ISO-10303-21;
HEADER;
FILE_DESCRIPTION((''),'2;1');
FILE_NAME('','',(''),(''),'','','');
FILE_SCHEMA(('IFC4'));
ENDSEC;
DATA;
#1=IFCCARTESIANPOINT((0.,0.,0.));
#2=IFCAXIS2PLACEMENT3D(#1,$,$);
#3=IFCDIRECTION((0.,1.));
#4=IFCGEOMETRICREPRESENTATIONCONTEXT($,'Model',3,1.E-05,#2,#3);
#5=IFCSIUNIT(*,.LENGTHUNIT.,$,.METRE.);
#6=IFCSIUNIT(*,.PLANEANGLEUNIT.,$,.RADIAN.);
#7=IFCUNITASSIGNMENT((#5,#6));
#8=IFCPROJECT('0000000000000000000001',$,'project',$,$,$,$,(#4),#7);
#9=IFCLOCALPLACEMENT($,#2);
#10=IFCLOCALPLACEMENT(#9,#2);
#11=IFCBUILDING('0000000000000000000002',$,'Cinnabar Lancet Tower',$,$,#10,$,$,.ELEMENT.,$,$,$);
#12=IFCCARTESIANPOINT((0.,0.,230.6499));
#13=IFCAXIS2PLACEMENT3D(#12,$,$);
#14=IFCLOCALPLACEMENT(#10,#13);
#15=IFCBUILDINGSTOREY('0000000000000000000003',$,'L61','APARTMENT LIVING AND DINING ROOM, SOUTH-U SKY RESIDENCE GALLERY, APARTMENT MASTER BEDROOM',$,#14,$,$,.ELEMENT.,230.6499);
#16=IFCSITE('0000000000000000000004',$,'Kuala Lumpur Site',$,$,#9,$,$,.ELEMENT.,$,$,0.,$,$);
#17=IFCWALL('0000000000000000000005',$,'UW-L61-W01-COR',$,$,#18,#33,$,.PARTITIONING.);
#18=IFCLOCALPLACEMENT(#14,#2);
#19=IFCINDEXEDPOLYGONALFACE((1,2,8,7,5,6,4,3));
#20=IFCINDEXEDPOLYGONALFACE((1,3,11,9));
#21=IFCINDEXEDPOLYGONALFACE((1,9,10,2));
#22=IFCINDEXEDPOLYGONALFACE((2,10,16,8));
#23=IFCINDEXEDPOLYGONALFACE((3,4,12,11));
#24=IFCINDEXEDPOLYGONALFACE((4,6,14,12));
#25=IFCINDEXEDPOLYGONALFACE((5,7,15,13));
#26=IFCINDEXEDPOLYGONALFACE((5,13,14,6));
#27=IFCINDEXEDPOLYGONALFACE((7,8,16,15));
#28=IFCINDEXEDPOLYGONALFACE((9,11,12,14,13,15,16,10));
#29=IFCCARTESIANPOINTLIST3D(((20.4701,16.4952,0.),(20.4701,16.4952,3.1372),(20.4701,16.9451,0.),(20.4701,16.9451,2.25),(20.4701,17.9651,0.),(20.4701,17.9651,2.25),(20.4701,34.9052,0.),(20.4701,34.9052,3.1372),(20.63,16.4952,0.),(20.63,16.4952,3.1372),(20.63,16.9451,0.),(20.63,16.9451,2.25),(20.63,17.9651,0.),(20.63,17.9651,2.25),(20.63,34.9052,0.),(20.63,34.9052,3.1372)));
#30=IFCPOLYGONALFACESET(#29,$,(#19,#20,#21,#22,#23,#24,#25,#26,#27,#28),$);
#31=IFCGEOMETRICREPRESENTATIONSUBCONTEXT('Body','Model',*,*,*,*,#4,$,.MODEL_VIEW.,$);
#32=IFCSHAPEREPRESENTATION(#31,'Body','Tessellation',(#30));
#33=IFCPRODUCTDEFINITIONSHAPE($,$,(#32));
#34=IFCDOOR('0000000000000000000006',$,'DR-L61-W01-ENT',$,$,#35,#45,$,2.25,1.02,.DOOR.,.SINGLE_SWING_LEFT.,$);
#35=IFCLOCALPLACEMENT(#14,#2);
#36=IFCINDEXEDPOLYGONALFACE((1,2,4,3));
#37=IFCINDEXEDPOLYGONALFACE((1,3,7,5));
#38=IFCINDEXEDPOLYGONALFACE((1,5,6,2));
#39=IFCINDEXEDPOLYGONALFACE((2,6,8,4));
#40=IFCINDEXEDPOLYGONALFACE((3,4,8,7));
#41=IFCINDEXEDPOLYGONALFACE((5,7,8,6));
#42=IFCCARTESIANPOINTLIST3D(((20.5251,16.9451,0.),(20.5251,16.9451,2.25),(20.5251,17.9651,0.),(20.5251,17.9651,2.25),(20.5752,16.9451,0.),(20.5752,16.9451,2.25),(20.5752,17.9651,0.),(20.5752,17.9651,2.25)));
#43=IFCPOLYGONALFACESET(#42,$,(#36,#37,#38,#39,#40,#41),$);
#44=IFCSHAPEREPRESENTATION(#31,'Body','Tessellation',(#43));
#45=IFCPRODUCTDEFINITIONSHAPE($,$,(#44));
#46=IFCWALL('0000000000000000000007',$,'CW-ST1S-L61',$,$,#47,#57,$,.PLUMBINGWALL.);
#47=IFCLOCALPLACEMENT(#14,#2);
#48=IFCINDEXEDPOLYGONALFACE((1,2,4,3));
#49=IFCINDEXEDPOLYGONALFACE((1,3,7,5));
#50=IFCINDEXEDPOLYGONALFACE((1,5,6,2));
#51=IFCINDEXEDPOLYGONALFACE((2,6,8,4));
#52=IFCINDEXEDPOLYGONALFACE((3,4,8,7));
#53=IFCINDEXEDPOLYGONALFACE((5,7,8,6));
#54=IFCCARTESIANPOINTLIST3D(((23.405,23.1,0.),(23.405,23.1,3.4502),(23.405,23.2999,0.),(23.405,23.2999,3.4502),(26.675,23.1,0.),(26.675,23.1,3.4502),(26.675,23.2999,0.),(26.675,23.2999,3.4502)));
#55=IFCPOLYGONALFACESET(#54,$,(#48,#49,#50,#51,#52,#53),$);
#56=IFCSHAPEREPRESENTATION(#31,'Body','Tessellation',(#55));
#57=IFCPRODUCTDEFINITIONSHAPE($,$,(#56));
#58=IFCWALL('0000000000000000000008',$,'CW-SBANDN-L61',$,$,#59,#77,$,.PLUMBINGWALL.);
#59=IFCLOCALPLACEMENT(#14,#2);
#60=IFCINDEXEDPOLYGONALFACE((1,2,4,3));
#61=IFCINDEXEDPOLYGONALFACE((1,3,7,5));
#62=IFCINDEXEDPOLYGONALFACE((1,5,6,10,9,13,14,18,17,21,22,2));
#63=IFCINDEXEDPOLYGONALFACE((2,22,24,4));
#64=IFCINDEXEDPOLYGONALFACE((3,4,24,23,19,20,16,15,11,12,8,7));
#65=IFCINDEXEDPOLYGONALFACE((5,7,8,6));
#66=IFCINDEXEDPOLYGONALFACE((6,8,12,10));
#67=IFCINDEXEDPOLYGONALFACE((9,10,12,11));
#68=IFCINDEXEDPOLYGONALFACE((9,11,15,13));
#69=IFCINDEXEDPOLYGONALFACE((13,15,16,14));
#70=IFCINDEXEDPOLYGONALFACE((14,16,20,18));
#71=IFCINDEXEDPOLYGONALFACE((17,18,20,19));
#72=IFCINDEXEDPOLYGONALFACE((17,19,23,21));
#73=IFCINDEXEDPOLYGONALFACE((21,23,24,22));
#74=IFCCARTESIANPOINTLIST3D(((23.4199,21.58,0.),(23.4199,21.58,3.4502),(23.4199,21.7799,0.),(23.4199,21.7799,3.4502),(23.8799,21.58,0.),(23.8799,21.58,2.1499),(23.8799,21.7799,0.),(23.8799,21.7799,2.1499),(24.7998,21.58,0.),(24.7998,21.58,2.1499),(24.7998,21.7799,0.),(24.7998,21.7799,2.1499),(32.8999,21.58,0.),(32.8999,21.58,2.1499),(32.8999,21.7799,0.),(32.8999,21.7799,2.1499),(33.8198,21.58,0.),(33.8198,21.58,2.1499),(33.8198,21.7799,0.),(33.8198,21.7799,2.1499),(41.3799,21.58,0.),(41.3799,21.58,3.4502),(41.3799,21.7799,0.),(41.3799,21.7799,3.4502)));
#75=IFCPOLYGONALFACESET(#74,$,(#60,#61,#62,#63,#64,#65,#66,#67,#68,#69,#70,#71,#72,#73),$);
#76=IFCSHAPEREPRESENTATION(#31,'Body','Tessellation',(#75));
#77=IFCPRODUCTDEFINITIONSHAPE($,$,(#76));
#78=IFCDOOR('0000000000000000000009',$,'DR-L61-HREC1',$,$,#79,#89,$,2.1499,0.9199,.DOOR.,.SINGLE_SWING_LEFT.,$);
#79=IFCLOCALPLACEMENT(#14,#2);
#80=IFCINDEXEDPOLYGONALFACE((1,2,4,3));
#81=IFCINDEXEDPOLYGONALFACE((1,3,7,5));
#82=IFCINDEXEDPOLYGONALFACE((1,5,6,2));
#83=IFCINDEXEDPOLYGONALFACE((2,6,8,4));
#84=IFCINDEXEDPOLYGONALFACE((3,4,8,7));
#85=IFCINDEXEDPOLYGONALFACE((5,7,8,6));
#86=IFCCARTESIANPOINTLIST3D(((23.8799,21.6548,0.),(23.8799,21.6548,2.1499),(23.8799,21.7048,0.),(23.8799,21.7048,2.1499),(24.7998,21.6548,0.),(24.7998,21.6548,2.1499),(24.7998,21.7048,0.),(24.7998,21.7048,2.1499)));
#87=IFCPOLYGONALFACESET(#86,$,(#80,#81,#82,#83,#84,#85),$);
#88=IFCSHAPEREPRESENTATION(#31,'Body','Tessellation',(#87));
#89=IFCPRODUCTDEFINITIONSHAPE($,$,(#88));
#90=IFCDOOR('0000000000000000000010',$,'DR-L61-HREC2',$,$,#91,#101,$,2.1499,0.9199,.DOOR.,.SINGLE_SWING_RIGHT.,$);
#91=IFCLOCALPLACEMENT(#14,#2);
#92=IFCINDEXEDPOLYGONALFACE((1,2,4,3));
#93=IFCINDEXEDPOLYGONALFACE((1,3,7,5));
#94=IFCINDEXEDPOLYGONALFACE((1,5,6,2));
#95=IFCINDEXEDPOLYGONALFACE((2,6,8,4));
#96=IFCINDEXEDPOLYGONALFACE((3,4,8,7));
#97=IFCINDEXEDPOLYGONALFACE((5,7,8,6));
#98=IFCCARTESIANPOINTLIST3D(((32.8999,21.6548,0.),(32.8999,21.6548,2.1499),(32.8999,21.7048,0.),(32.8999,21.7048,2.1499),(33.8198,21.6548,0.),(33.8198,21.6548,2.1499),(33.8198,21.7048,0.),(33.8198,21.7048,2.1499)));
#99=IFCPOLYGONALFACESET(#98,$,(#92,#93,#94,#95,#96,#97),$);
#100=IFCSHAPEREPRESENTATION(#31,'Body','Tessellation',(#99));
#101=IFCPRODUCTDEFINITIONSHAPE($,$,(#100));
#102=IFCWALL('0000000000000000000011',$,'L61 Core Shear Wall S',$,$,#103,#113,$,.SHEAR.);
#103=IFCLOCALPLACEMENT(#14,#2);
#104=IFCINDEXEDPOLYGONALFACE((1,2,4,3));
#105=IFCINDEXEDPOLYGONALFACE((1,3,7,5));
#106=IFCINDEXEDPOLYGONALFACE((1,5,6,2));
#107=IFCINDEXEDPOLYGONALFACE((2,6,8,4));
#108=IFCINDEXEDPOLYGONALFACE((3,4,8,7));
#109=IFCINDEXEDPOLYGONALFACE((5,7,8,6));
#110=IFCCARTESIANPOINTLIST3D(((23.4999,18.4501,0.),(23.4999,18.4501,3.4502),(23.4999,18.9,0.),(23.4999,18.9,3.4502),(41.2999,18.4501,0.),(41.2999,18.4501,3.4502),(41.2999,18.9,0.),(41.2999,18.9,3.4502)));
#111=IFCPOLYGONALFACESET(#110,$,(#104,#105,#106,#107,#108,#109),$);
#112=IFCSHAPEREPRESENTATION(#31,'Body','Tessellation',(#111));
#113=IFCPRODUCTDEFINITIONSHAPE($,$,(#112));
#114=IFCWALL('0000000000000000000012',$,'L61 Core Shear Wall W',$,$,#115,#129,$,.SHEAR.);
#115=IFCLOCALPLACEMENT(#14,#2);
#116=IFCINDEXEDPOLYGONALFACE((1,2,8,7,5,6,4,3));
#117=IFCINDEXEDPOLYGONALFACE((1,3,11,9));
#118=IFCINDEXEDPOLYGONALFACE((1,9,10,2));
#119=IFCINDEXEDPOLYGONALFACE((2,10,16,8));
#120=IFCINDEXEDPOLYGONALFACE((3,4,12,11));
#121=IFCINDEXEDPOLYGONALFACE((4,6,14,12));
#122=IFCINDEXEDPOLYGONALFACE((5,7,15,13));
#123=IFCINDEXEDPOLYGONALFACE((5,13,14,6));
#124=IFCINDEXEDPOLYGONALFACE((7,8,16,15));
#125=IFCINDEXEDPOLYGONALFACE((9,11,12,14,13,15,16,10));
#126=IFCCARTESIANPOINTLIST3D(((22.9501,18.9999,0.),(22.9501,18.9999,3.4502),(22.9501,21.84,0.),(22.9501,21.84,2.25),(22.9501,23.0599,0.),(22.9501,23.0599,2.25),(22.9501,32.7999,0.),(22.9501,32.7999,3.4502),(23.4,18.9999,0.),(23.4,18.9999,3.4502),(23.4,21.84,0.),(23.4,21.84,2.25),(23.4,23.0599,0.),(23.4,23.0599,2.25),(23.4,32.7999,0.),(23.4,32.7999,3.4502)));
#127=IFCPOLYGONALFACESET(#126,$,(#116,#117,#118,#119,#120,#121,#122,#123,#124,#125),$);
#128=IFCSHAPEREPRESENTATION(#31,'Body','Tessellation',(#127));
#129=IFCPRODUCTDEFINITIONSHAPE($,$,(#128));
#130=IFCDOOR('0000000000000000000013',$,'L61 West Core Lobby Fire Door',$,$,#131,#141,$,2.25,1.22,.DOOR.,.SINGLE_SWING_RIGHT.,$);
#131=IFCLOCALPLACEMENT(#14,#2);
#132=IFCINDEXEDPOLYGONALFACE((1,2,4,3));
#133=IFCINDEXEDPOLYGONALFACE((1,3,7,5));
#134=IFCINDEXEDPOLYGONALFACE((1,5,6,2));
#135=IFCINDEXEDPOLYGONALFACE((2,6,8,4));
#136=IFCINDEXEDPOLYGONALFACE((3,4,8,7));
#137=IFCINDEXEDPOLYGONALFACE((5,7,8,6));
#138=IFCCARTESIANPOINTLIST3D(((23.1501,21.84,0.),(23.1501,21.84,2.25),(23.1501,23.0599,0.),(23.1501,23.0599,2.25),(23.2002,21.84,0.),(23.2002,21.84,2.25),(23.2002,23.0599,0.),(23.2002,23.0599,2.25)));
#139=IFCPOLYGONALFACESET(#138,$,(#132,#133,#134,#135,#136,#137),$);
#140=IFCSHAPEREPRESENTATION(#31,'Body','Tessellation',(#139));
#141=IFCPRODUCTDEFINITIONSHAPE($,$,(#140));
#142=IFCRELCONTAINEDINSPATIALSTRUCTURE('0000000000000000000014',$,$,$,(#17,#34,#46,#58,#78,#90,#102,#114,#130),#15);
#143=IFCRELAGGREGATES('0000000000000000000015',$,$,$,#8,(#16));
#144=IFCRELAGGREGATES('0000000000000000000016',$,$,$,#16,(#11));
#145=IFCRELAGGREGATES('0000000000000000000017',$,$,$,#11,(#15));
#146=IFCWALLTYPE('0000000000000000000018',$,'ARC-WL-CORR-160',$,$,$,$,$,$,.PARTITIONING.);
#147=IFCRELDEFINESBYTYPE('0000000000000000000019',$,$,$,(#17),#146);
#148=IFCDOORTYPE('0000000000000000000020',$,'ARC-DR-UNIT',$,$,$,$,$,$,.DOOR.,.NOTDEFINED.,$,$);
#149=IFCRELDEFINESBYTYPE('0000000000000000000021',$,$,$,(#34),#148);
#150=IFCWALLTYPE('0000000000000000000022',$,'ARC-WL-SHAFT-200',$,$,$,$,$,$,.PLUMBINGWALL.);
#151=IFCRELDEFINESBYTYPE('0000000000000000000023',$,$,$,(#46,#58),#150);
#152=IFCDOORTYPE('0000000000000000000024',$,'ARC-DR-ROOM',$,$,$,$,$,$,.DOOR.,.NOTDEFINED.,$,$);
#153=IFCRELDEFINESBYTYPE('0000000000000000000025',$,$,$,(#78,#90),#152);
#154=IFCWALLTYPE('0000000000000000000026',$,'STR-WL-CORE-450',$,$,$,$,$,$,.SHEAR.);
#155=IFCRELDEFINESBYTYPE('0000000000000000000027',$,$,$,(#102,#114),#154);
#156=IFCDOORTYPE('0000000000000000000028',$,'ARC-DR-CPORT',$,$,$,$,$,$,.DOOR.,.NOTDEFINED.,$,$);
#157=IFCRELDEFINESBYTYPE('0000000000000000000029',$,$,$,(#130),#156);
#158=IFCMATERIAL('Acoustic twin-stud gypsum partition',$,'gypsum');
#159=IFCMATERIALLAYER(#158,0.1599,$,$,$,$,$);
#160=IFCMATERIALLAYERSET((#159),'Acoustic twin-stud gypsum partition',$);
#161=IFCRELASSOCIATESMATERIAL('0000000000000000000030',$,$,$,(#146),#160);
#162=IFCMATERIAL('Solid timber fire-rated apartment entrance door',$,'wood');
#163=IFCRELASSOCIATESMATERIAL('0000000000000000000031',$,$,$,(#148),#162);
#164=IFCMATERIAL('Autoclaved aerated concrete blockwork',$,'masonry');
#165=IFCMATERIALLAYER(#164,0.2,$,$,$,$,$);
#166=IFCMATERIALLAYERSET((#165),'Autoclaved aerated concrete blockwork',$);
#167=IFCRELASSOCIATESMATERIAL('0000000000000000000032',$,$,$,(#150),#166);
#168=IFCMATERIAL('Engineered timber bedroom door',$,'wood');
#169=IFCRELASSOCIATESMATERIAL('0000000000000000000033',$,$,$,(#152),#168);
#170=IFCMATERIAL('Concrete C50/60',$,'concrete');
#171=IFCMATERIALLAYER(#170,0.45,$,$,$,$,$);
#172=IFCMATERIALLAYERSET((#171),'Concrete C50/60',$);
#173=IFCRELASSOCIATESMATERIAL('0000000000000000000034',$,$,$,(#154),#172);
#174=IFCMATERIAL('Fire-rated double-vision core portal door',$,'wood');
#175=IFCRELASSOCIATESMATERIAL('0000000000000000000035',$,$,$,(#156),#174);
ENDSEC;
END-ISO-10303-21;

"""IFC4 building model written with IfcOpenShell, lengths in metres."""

from ifc_helpers import new_model, si_unit, direction, frame, frame_2d, origin, place, context, subcontext, project, spatial, rectangle, extrude, material, layer, layer_set, type_object, element, fill, save


model = new_model("IFC4")

# Units and contexts
model_context = context("Model", 3, precision=1e-05, world=origin(), true_north=direction((0.0, 1.0)))
body_context = subcontext(model_context, "Body", "Model", "MODEL_VIEW")
ifc_project = project(units=[si_unit("LENGTHUNIT", "METRE"), si_unit("PLANEANGLEUNIT", "RADIAN")], contexts=[model_context])

# Site, building, storey
site_placement = place(None, origin())
site = spatial("IfcSite", under=ifc_project, at=site_placement, Name="Kuala Lumpur Site", CompositionType="ELEMENT", RefElevation=0.0)
building_placement = place(site_placement, origin())
building = spatial("IfcBuilding", under=site, at=building_placement, Name="Cinnabar Lancet Tower", CompositionType="ELEMENT")
storey_placement = place(building_placement, frame((0.0, 0.0, 230.6499)))
storey = spatial("IfcBuildingStorey", under=building, at=storey_placement, Name="L61", Description="APARTMENT LIVING AND DINING ROOM, SOUTH-U SKY RESIDENCE GALLERY, APARTMENT MASTER BEDROOM", CompositionType="ELEMENT", Elevation=230.6499)

# Shared definitions
ifc_material_1 = material(Name="Acoustic twin-stud gypsum partition", Category="gypsum")
ifc_layer_1 = layer(ifc_material_1, 0.1599)
ifc_layer_set_1 = layer_set([ifc_layer_1], Name="Acoustic twin-stud gypsum partition")
wall_type_1 = type_object("IfcWallType", Name="ARC-WL-CORR-160", PredefinedType="PARTITIONING", material=ifc_layer_set_1)

# Wall, opening, door
ifc_material_2 = material(Name="Solid timber fire-rated apartment entrance door", Category="wood")
door_type_1 = type_object("IfcDoorType", Name="ARC-DR-UNIT", OperationType="NOTDEFINED", PredefinedType="DOOR", material=ifc_material_2)
wall_1_placement = place(storey_placement, frame((20.55, 16.4951, 0.0), z_axis=(0.0, 0.0, 1.0), x_axis=(0.0, 1.0, 0.0)))
wall_1 = element("IfcWall", 1, at=wall_1_placement, inside=storey, type_object=wall_type_1, Name="UW-L61-W01-COR", PredefinedType="PARTITIONING", context=body_context, shape_type="SweptSolid", body=[
    extrude(rectangle(XDim=18.4099, YDim=0.1599, at=frame_2d((9.2051, 0.0))), origin(), (0.0, 0.0, 1.0), 3.1372),
])
opening_1_placement = place(wall_1_placement, frame((0.45, 0.0, 0.0)))
opening_1 = element("IfcOpeningElement", 2, at=opening_1_placement, cuts=wall_1, PredefinedType="OPENING", context=body_context, shape_type="SweptSolid", body=[
    extrude(rectangle(XDim=1.02, YDim=2.25, at=frame_2d((0.51, 1.125))), frame((0.0, 0.0898, 0.0), z_axis=(0.0, -1.0, 0.0), x_axis=(1.0, 0.0, 0.0)), (0.0, 0.0, 1.0), 0.1799),
])
door_1_placement = place(opening_1_placement, origin())
door_1 = element("IfcDoor", 3, at=door_1_placement, inside=storey, type_object=door_type_1, Name="DR-L61-W01-ENT", OperationType="SINGLE_SWING_LEFT", OverallHeight=2.25, OverallWidth=1.02, PredefinedType="DOOR", context=body_context, shape_type="SweptSolid", body=[
    extrude(rectangle(XDim=1.02, YDim=2.25, at=frame_2d((0.51, 1.125))), frame((0.0, 0.0249, 0.0), z_axis=(0.0, -1.0, 0.0), x_axis=(1.0, 0.0, 0.0)), (0.0, 0.0, 1.0), 0.05),
])
fill(opening_1, door_1)

# Wall
ifc_material_3 = material(Name="Autoclaved aerated concrete blockwork", Category="masonry")
ifc_layer_2 = layer(ifc_material_3, 0.2)
ifc_layer_set_2 = layer_set([ifc_layer_2], Name="Autoclaved aerated concrete blockwork")
wall_type_2 = type_object("IfcWallType", Name="ARC-WL-SHAFT-200", PredefinedType="PLUMBINGWALL", material=ifc_layer_set_2)
wall_2_placement = place(storey_placement, frame((23.405, 23.2, 0.0), z_axis=(0.0, 0.0, 1.0), x_axis=(1.0, 0.0, 0.0)))
element("IfcWall", 4, at=wall_2_placement, inside=storey, type_object=wall_type_2, Name="CW-ST1S-L61", PredefinedType="PLUMBINGWALL", context=body_context, shape_type="SweptSolid", body=[
    extrude(rectangle(XDim=3.27, YDim=0.2, at=frame_2d((1.635, 0.0))), origin(), (0.0, 0.0, 1.0), 3.4502),
])

# Wall, openings, doors
wall_3_placement = place(storey_placement, frame((23.4199, 21.6799, 0.0), z_axis=(0.0, 0.0, 1.0), x_axis=(1.0, 0.0, 0.0)))
wall_3 = element("IfcWall", 5, at=wall_3_placement, inside=storey, type_object=wall_type_2, Name="CW-SBANDN-L61", PredefinedType="PLUMBINGWALL", context=body_context, shape_type="SweptSolid", body=[
    extrude(rectangle(XDim=17.96, YDim=0.2, at=frame_2d((8.98, 0.0))), origin(), (0.0, 0.0, 1.0), 3.4502),
])
opening_2_placement = place(wall_3_placement, frame((0.46, 0.0, 0.0)))
opening_2 = element("IfcOpeningElement", 6, at=opening_2_placement, cuts=wall_3, PredefinedType="OPENING", context=body_context, shape_type="SweptSolid", body=[
    extrude(rectangle(XDim=0.9199, YDim=2.1499, at=frame_2d((0.46, 1.075))), frame((0.0, 0.1099, 0.0), z_axis=(0.0, -1.0, 0.0), x_axis=(1.0, 0.0, 0.0)), (0.0, 0.0, 1.0), 0.22),
])
opening_3_placement = place(wall_3_placement, frame((9.48, 0.0, 0.0)))
opening_3 = element("IfcOpeningElement", 7, at=opening_3_placement, cuts=wall_3, PredefinedType="OPENING", context=body_context, shape_type="SweptSolid", body=[
    extrude(rectangle(XDim=0.9199, YDim=2.1499, at=frame_2d((0.46, 1.075))), frame((0.0, 0.1099, 0.0), z_axis=(0.0, -1.0, 0.0), x_axis=(1.0, 0.0, 0.0)), (0.0, 0.0, 1.0), 0.22),
])
ifc_material_4 = material(Name="Engineered timber bedroom door", Category="wood")
door_type_2 = type_object("IfcDoorType", Name="ARC-DR-ROOM", OperationType="NOTDEFINED", PredefinedType="DOOR", material=ifc_material_4)
door_2_placement = place(opening_2_placement, origin())
door_2 = element("IfcDoor", 8, at=door_2_placement, inside=storey, type_object=door_type_2, Name="DR-L61-HREC1", OperationType="SINGLE_SWING_LEFT", OverallHeight=2.1499, OverallWidth=0.9199, PredefinedType="DOOR", context=body_context, shape_type="SweptSolid", body=[
    extrude(rectangle(XDim=0.9199, YDim=2.1499, at=frame_2d((0.46, 1.075))), frame((0.0, 0.0249, 0.0), z_axis=(0.0, -1.0, 0.0), x_axis=(1.0, 0.0, 0.0)), (0.0, 0.0, 1.0), 0.05),
])
fill(opening_2, door_2)
door_3_placement = place(opening_3_placement, origin())
door_3 = element("IfcDoor", 9, at=door_3_placement, inside=storey, type_object=door_type_2, Name="DR-L61-HREC2", OperationType="SINGLE_SWING_RIGHT", OverallHeight=2.1499, OverallWidth=0.9199, PredefinedType="DOOR", context=body_context, shape_type="SweptSolid", body=[
    extrude(rectangle(XDim=0.9199, YDim=2.1499, at=frame_2d((0.46, 1.075))), frame((0.0, 0.0249, 0.0), z_axis=(0.0, -1.0, 0.0), x_axis=(1.0, 0.0, 0.0)), (0.0, 0.0, 1.0), 0.05),
])
fill(opening_3, door_3)

# Wall
ifc_material_5 = material(Name="Concrete C50/60", Category="concrete")
ifc_layer_3 = layer(ifc_material_5, 0.45)
ifc_layer_set_3 = layer_set([ifc_layer_3], Name="Concrete C50/60")
wall_type_3 = type_object("IfcWallType", Name="STR-WL-CORE-450", PredefinedType="SHEAR", material=ifc_layer_set_3)
wall_4_placement = place(storey_placement, frame((23.5, 18.675, 0.0), z_axis=(0.0, 0.0, 1.0), x_axis=(1.0, 0.0, 0.0)))
element("IfcWall", 10, at=wall_4_placement, inside=storey, type_object=wall_type_3, Name="L61 Core Shear Wall S", PredefinedType="SHEAR", context=body_context, shape_type="SweptSolid", body=[
    extrude(rectangle(XDim=17.8, YDim=0.45, at=frame_2d((8.8999, 0.0))), origin(), (0.0, 0.0, 1.0), 3.4502),
])

# Wall, opening, door
wall_5_placement = place(storey_placement, frame((23.175, 19.0, 0.0), z_axis=(0.0, 0.0, 1.0), x_axis=(0.0, 1.0, 0.0)))
wall_5 = element("IfcWall", 11, at=wall_5_placement, inside=storey, type_object=wall_type_3, Name="L61 Core Shear Wall W", PredefinedType="SHEAR", context=body_context, shape_type="SweptSolid", body=[
    extrude(rectangle(XDim=13.8, YDim=0.45, at=frame_2d((6.8999, 0.0))), origin(), (0.0, 0.0, 1.0), 3.4502),
])
opening_4_placement = place(wall_5_placement, frame((2.8401, 0.0, 0.0)))
opening_4 = element("IfcOpeningElement", 12, at=opening_4_placement, cuts=wall_5, PredefinedType="OPENING", context=body_context, shape_type="SweptSolid", body=[
    extrude(rectangle(XDim=1.22, YDim=2.25, at=frame_2d((0.6099, 1.125))), frame((0.0, 0.2349, 0.0), z_axis=(0.0, -1.0, 0.0), x_axis=(1.0, 0.0, 0.0)), (0.0, 0.0, 1.0), 0.47),
])
ifc_material_6 = material(Name="Fire-rated double-vision core portal door", Category="wood")
door_type_3 = type_object("IfcDoorType", Name="ARC-DR-CPORT", OperationType="NOTDEFINED", PredefinedType="DOOR", material=ifc_material_6)
door_4_placement = place(opening_4_placement, origin())
door_4 = element("IfcDoor", 13, at=door_4_placement, inside=storey, type_object=door_type_3, Name="L61 West Core Lobby Fire Door", OperationType="SINGLE_SWING_RIGHT", OverallHeight=2.25, OverallWidth=1.22, PredefinedType="DOOR", context=body_context, shape_type="SweptSolid", body=[
    extrude(rectangle(XDim=1.22, YDim=2.25, at=frame_2d((0.6099, 1.125))), frame((0.0, 0.0249, 0.0), z_axis=(0.0, -1.0, 0.0), x_axis=(1.0, 0.0, 0.0)), (0.0, 0.0, 1.0), 0.05),
])
fill(opening_4, door_4)

save(model, "model.ifc")
